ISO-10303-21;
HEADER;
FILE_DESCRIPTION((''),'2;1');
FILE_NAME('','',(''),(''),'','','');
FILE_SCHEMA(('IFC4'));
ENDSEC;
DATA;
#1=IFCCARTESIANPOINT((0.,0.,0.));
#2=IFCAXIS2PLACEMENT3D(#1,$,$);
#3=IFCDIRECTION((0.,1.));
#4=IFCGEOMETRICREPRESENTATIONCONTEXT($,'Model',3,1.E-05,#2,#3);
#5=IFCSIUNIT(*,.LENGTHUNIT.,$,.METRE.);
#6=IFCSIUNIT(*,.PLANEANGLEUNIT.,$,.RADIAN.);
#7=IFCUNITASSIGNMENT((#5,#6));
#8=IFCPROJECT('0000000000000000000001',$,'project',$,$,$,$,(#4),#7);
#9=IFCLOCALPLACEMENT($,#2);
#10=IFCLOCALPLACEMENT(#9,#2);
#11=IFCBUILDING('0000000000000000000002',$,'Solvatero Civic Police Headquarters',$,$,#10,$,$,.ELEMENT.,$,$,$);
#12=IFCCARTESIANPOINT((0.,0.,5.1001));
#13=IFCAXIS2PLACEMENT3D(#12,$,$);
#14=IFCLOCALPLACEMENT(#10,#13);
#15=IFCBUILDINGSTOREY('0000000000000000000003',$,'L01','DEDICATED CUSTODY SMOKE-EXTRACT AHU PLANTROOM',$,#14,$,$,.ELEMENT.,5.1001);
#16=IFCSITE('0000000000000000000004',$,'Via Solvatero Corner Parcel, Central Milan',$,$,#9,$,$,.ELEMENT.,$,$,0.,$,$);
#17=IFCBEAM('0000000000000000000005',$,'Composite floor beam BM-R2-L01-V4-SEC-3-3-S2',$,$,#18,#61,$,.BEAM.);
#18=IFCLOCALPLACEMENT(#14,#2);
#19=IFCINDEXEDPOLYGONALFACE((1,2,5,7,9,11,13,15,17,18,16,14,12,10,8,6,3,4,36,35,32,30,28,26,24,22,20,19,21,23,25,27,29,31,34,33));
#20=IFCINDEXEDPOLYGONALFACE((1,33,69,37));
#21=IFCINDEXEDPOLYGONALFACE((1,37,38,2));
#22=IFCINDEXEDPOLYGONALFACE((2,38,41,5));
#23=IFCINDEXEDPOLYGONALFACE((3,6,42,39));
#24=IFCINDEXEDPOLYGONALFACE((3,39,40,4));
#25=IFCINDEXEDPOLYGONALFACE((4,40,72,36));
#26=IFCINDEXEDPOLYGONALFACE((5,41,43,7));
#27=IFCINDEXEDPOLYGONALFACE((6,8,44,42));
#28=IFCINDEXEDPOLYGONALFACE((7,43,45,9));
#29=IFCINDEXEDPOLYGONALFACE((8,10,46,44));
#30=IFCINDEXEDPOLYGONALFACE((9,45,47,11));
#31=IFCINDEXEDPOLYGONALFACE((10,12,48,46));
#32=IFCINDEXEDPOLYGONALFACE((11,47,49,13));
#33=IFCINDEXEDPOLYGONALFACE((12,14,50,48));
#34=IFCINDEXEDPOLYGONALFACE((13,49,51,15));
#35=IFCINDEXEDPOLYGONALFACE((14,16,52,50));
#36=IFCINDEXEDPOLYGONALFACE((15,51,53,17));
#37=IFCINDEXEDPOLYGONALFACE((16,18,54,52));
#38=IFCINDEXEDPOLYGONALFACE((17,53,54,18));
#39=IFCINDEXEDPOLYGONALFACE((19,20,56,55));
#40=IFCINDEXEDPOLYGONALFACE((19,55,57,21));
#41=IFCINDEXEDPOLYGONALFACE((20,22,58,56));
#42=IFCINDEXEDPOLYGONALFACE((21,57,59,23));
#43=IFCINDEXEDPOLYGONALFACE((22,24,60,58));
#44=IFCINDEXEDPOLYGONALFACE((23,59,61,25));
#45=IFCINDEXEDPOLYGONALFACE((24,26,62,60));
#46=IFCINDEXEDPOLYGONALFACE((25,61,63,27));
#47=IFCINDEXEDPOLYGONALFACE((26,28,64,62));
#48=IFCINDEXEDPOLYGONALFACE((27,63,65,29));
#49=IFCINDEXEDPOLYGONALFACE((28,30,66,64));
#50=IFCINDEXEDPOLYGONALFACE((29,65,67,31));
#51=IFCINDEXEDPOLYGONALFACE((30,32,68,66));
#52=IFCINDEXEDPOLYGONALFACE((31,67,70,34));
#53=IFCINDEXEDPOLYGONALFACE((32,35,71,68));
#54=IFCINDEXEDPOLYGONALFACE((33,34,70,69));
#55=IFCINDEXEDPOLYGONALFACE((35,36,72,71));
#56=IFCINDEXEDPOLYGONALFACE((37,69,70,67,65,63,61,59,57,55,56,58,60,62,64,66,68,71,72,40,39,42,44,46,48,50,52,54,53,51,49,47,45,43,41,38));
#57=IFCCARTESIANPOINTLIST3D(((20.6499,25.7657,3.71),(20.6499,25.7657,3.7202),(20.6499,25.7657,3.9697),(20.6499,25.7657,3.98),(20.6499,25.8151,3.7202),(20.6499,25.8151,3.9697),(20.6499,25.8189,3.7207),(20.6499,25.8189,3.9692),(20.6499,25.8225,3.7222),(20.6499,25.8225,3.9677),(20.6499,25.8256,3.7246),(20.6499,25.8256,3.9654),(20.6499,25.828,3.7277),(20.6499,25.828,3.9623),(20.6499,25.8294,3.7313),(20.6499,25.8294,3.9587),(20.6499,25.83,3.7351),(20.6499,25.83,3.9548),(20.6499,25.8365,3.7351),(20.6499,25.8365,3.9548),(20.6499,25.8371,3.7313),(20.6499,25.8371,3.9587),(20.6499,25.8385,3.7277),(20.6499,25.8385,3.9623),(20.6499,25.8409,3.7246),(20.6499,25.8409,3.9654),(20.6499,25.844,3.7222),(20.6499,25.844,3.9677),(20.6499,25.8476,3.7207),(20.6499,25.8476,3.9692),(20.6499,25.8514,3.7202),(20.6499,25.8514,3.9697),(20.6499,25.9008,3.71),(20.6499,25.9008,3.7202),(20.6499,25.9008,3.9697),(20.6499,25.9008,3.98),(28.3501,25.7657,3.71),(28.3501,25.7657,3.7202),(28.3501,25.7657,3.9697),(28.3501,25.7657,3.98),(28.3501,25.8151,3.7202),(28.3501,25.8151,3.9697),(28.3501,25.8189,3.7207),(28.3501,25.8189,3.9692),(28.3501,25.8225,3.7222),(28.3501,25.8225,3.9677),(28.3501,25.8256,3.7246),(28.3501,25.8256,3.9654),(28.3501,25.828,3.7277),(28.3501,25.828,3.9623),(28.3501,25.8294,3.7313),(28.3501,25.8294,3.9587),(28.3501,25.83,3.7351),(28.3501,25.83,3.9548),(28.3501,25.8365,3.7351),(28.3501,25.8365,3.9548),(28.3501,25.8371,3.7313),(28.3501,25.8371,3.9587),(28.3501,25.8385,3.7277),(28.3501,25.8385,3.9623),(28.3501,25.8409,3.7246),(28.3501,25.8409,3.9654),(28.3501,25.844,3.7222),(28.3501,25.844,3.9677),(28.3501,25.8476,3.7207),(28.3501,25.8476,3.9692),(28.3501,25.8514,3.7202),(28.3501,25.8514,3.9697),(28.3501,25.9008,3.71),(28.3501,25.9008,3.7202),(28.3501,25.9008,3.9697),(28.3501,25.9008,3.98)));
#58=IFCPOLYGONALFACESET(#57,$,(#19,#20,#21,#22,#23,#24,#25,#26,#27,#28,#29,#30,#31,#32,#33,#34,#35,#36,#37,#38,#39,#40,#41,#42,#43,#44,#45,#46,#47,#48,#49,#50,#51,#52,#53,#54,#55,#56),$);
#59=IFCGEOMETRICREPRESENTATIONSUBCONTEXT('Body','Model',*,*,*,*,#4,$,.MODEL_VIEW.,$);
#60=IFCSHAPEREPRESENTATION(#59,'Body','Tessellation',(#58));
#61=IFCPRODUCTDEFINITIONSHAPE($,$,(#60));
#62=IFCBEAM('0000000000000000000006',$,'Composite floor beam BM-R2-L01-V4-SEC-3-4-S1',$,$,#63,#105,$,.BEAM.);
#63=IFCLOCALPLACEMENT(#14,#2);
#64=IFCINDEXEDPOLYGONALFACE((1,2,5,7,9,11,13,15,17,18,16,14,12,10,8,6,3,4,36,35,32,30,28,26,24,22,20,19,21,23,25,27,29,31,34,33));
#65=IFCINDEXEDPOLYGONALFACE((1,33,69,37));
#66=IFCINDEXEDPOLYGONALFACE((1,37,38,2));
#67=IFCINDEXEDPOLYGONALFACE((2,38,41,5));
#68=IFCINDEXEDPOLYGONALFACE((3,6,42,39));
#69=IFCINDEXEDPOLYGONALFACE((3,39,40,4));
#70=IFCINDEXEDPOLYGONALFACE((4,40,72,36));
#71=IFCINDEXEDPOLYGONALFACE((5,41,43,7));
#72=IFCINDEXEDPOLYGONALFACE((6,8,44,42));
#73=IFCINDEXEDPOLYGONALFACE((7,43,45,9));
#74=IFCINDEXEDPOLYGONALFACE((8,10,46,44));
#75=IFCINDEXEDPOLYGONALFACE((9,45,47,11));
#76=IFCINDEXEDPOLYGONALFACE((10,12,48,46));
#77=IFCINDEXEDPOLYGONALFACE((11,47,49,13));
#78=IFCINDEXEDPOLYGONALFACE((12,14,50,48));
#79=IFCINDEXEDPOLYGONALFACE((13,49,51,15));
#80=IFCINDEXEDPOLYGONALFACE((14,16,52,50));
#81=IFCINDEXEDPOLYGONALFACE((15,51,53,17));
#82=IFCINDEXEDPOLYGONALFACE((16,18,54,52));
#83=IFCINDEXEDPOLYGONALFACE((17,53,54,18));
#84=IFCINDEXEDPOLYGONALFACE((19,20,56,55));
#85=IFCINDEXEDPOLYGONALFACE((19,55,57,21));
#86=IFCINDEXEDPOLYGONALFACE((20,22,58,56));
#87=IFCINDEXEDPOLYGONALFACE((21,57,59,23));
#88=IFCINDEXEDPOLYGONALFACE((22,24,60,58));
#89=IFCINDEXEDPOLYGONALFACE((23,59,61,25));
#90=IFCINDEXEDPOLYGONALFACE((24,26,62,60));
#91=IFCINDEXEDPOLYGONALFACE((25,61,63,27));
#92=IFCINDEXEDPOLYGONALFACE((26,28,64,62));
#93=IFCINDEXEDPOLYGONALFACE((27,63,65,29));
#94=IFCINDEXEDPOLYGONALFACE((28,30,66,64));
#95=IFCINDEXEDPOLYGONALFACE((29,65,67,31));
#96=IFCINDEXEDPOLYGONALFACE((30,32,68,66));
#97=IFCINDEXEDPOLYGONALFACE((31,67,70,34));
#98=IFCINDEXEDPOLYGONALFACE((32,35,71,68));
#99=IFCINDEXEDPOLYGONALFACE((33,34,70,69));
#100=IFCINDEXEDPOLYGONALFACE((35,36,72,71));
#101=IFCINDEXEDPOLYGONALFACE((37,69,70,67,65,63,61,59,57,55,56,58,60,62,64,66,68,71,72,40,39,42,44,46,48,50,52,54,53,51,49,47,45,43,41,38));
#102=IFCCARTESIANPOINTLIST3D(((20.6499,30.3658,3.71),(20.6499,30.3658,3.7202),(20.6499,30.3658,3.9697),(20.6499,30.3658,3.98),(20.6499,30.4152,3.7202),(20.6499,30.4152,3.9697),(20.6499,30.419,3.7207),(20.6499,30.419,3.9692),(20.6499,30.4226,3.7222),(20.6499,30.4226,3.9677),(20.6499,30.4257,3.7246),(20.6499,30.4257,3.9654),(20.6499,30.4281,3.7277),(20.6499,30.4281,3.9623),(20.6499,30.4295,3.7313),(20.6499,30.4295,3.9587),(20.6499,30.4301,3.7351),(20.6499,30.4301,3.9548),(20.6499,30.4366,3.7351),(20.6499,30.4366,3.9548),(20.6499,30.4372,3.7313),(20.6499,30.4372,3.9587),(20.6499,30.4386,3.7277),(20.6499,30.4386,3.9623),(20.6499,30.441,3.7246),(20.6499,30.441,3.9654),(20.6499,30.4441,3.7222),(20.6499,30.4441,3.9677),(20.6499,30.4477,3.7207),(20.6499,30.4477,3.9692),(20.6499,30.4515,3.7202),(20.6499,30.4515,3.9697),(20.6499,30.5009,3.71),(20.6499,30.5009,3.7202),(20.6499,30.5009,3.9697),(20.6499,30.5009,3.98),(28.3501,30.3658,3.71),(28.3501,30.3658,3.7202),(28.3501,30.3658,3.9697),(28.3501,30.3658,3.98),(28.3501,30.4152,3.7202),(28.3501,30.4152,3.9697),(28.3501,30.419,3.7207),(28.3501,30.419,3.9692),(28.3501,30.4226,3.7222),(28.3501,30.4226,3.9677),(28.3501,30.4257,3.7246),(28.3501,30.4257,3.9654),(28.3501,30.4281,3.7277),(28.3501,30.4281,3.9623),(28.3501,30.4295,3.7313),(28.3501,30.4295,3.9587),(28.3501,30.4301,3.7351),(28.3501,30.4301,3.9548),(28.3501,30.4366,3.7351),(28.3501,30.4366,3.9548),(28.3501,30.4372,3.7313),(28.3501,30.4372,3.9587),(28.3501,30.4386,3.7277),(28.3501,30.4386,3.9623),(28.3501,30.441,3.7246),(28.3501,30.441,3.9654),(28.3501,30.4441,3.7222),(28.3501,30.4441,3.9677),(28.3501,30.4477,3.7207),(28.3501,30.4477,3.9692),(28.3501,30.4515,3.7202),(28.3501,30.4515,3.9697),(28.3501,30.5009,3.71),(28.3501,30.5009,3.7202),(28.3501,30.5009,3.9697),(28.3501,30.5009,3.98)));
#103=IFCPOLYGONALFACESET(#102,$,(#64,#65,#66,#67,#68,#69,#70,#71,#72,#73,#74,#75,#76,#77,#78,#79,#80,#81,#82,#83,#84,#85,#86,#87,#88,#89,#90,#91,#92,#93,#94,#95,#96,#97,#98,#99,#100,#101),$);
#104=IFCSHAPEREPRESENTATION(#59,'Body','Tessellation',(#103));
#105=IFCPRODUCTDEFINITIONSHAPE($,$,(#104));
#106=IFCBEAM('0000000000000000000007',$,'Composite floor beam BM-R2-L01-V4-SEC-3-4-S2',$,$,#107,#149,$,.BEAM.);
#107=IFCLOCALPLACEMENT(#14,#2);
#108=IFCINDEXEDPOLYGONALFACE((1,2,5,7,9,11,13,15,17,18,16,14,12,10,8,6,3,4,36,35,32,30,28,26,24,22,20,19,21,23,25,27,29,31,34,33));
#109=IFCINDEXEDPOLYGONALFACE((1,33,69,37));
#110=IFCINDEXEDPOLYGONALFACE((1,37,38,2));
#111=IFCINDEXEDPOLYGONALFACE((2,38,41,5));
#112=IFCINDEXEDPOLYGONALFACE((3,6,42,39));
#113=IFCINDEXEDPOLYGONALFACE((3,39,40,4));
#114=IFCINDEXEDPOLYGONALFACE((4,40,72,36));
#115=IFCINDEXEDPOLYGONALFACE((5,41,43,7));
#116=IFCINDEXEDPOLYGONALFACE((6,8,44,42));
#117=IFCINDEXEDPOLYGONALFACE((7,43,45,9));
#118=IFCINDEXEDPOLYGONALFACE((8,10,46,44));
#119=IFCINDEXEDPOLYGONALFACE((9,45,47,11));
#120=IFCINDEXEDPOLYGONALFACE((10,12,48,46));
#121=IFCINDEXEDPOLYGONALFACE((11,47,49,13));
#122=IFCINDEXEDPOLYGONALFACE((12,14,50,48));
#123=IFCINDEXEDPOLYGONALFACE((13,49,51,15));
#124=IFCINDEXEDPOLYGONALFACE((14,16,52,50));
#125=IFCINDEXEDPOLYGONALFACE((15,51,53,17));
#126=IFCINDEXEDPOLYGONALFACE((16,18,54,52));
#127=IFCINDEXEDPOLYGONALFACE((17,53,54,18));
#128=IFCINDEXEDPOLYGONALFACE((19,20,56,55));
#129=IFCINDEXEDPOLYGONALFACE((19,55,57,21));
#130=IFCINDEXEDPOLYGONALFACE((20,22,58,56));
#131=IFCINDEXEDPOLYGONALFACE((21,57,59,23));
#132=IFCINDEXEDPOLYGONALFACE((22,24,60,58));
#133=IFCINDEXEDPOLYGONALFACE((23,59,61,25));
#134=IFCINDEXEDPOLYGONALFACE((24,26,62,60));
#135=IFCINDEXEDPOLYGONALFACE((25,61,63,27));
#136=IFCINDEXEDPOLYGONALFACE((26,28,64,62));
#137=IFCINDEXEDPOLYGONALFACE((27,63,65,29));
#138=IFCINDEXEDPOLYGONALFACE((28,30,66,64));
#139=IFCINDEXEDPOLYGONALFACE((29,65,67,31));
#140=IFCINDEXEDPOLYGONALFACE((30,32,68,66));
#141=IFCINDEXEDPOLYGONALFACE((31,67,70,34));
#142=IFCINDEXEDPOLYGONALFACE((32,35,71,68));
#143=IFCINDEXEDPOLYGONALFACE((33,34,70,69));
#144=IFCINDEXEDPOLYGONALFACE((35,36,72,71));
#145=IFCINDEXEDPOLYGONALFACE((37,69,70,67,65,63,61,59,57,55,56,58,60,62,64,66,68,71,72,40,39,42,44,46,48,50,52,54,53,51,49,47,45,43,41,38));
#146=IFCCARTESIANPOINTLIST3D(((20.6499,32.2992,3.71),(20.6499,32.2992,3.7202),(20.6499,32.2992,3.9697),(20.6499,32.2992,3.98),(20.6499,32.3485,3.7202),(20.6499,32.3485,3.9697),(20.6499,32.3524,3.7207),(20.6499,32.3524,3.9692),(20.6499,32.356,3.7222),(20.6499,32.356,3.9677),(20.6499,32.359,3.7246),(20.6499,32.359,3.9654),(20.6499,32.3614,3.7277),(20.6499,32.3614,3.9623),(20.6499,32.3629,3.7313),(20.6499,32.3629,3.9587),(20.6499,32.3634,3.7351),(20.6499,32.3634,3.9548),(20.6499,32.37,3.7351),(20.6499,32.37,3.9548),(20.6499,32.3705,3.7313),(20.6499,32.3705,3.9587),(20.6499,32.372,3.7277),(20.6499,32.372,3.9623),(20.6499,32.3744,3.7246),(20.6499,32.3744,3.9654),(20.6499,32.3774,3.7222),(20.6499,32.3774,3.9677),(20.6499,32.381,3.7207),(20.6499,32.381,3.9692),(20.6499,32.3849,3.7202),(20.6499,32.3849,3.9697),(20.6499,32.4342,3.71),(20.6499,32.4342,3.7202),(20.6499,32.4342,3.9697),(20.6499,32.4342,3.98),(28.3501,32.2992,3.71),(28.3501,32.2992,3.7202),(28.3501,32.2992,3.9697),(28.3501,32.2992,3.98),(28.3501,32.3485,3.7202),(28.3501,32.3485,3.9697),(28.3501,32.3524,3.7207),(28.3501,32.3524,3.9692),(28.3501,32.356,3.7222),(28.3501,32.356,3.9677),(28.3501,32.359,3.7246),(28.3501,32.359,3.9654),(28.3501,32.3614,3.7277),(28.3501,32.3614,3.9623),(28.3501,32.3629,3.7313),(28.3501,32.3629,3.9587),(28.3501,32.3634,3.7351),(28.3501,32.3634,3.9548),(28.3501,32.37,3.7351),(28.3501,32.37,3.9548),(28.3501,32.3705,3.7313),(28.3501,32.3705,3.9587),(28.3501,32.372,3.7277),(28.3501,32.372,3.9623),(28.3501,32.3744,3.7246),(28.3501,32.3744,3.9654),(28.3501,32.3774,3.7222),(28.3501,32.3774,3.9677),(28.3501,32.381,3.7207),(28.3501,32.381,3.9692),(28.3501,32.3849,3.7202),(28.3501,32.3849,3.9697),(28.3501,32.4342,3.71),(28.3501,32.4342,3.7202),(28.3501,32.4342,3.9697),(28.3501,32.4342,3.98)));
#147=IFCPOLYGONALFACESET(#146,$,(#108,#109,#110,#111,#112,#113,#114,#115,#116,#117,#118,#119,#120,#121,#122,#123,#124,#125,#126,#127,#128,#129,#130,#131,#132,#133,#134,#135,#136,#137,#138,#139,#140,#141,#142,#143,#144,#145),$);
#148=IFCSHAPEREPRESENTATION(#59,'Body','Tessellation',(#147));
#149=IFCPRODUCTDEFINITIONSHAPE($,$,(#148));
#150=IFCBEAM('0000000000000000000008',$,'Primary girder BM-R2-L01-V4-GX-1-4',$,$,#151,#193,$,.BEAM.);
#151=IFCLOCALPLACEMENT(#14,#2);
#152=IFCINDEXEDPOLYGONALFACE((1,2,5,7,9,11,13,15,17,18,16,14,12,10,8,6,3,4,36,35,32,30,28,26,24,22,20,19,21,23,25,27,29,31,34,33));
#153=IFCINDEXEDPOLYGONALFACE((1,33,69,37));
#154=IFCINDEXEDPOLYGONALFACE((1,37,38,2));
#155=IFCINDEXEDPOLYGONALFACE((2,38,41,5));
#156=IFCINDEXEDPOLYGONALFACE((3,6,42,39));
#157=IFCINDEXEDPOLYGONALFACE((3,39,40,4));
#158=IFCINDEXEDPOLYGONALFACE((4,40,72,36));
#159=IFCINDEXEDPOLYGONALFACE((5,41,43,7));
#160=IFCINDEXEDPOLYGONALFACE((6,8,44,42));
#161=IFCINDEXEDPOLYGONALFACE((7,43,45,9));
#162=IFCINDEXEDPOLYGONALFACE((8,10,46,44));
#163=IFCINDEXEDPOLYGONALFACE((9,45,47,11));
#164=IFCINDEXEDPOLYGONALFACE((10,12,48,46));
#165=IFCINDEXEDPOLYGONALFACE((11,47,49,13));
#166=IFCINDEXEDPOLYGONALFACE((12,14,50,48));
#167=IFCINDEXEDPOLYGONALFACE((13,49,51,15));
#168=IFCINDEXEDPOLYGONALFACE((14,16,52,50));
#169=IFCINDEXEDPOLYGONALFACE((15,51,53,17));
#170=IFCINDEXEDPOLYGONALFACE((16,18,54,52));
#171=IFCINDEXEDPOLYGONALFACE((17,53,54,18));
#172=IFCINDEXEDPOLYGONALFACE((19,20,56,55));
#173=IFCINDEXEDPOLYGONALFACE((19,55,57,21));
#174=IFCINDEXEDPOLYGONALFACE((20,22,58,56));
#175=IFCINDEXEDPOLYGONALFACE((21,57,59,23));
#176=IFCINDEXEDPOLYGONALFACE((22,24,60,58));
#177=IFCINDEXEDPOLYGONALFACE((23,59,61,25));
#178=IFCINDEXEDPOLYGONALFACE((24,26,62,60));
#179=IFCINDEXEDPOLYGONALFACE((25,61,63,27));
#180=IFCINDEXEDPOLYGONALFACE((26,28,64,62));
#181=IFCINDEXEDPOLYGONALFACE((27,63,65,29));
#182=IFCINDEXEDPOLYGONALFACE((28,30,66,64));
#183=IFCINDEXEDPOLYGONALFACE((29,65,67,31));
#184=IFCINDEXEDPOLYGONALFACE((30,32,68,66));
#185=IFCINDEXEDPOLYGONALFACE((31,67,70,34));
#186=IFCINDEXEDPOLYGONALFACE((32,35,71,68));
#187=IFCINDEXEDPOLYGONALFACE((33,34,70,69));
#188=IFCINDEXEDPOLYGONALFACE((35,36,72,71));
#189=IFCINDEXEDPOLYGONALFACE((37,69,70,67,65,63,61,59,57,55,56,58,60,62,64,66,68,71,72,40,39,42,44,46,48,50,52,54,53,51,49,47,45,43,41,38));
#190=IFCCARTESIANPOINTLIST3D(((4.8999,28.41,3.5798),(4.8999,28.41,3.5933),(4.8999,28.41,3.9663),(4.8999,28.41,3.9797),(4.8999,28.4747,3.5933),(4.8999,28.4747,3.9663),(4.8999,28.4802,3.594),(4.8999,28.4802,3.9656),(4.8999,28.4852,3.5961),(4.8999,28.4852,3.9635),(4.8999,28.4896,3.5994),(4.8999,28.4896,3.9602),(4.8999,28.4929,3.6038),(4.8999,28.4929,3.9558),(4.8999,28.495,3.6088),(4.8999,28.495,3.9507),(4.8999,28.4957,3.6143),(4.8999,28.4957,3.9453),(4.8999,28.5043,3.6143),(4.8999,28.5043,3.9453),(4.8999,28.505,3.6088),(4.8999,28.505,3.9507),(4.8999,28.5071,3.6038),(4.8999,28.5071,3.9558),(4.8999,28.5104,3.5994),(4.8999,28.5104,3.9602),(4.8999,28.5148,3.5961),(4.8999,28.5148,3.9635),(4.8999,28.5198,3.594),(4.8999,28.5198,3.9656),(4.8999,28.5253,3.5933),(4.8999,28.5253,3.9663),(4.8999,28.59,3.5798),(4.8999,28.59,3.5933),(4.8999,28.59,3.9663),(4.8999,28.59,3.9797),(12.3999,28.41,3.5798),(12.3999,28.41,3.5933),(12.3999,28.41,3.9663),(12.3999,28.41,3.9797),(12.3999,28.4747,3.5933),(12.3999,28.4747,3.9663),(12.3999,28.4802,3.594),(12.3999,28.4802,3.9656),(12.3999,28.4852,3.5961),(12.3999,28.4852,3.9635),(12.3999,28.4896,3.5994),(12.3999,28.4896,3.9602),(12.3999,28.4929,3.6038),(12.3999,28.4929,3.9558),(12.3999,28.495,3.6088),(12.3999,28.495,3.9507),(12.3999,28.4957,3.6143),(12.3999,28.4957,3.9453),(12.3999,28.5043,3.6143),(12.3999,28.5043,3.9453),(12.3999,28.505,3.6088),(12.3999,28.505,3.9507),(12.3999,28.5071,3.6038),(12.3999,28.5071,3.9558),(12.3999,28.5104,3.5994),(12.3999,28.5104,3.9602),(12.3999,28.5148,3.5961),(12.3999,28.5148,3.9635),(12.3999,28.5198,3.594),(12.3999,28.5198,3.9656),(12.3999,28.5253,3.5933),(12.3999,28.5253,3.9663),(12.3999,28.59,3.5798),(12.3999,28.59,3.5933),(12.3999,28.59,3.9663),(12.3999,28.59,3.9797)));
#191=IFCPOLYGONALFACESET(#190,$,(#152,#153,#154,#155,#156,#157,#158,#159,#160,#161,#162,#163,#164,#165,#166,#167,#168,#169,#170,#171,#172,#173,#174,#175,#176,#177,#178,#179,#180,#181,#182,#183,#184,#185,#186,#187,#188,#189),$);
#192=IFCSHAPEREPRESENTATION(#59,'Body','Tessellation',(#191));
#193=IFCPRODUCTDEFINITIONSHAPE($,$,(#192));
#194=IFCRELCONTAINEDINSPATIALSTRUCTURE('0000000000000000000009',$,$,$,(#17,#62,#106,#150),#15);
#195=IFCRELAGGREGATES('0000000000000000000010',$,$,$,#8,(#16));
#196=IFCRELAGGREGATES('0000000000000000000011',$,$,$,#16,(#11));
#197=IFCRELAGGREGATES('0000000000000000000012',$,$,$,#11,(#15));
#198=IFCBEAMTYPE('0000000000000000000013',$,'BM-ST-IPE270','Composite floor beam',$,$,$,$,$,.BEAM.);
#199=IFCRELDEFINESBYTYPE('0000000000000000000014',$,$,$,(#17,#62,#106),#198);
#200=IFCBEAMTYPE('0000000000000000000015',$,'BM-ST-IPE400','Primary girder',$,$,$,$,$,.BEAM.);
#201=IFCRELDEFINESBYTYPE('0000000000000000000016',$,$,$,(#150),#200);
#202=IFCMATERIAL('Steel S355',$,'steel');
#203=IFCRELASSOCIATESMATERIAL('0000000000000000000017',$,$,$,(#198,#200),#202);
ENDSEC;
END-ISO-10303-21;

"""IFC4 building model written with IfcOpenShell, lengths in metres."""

from ifc_helpers import new_model, si_unit, direction, frame, origin, origin_2d, place, context, subcontext, project, spatial, i_section, extrude, material, material_profile, profile_set, type_object, element, save


model = new_model("IFC4")

# Units and contexts
model_context = context("Model", 3, precision=1e-05, world=origin(), true_north=direction((0.0, 1.0)))
body_context = subcontext(model_context, "Body", "Model", "MODEL_VIEW")
ifc_project = project(units=[si_unit("LENGTHUNIT", "METRE"), si_unit("PLANEANGLEUNIT", "RADIAN")], contexts=[model_context])

# Site, building, storey
site_placement = place(None, origin())
site = spatial("IfcSite", under=ifc_project, at=site_placement, Name="Via Solvatero Corner Parcel, Central Milan", CompositionType="ELEMENT", RefElevation=0.0)
building_placement = place(site_placement, origin())
building = spatial("IfcBuilding", under=site, at=building_placement, Name="Solvatero Civic Police Headquarters", CompositionType="ELEMENT")
storey_placement = place(building_placement, frame((0.0, 0.0, 5.1001)))
storey = spatial("IfcBuildingStorey", under=building, at=storey_placement, Name="L01", Description="DEDICATED CUSTODY SMOKE-EXTRACT AHU PLANTROOM", CompositionType="ELEMENT", Elevation=5.1001)

# Shared definitions
ifc_material_1 = material(Name="Steel S355", Category="steel")

# Beams
ifc_material_profile_1 = material_profile(ifc_material_1, i_section(OverallWidth=0.135, OverallDepth=0.27, WebThickness=0.0066, FlangeThickness=0.0103, FilletRadius=0.0149, at=origin_2d()), Name="IPE 270")
ifc_profile_set_1 = profile_set([ifc_material_profile_1], Name="Steel S355")
beam_type_1 = type_object("IfcBeamType", Name="BM-ST-IPE270", Description="Composite floor beam", PredefinedType="BEAM", material=ifc_profile_set_1)
for number, where, z_axis, x_axis, name in (
    (1, (20.6499, 25.8333, 3.845), (1.0, 0.0, 0.0), (0.0, 1.0, 0.0), "Composite floor beam BM-R2-L01-V4-SEC-3-3-S2"),
    (2, (20.6499, 30.4333, 3.845), (1.0, 0.0, 0.0), (0.0, 1.0, 0.0), "Composite floor beam BM-R2-L01-V4-SEC-3-4-S1"),
    (3, (20.6499, 32.3667, 3.845), (1.0, 0.0, 0.0), (0.0, 1.0, 0.0), "Composite floor beam BM-R2-L01-V4-SEC-3-4-S2"),
):
    element("IfcBeam", number, at=place(storey_placement, frame(where, z_axis=z_axis, x_axis=x_axis)), inside=storey, type_object=beam_type_1, Name=name, PredefinedType="BEAM", context=body_context, shape_type="SweptSolid", body=[
        extrude(i_section(OverallWidth=0.135, OverallDepth=0.27, WebThickness=0.0066, FlangeThickness=0.0103, FilletRadius=0.0149, at=origin_2d()), origin(), (0.0, 0.0, 1.0), 7.7002),
    ])
ifc_material_profile_2 = material_profile(ifc_material_1, i_section(OverallWidth=0.1799, OverallDepth=0.3999, WebThickness=0.0085, FlangeThickness=0.0134, FilletRadius=0.021, at=origin_2d()), Name="IPE 400")
ifc_profile_set_2 = profile_set([ifc_material_profile_2], Name="Steel S355")
beam_type_2 = type_object("IfcBeamType", Name="BM-ST-IPE400", Description="Primary girder", PredefinedType="BEAM", material=ifc_profile_set_2)
beam_1_placement = place(storey_placement, frame((4.8999, 28.5, 3.7798), z_axis=(1.0, 0.0, 0.0), x_axis=(0.0, 1.0, 0.0)))
element("IfcBeam", 4, at=beam_1_placement, inside=storey, type_object=beam_type_2, Name="Primary girder BM-R2-L01-V4-GX-1-4", PredefinedType="BEAM", context=body_context, shape_type="SweptSolid", body=[
    extrude(i_section(OverallWidth=0.1799, OverallDepth=0.3999, WebThickness=0.0085, FlangeThickness=0.0134, FilletRadius=0.021, at=origin_2d()), origin(), (0.0, 0.0, 1.0), 7.5),
])

save(model, "model.ifc")
